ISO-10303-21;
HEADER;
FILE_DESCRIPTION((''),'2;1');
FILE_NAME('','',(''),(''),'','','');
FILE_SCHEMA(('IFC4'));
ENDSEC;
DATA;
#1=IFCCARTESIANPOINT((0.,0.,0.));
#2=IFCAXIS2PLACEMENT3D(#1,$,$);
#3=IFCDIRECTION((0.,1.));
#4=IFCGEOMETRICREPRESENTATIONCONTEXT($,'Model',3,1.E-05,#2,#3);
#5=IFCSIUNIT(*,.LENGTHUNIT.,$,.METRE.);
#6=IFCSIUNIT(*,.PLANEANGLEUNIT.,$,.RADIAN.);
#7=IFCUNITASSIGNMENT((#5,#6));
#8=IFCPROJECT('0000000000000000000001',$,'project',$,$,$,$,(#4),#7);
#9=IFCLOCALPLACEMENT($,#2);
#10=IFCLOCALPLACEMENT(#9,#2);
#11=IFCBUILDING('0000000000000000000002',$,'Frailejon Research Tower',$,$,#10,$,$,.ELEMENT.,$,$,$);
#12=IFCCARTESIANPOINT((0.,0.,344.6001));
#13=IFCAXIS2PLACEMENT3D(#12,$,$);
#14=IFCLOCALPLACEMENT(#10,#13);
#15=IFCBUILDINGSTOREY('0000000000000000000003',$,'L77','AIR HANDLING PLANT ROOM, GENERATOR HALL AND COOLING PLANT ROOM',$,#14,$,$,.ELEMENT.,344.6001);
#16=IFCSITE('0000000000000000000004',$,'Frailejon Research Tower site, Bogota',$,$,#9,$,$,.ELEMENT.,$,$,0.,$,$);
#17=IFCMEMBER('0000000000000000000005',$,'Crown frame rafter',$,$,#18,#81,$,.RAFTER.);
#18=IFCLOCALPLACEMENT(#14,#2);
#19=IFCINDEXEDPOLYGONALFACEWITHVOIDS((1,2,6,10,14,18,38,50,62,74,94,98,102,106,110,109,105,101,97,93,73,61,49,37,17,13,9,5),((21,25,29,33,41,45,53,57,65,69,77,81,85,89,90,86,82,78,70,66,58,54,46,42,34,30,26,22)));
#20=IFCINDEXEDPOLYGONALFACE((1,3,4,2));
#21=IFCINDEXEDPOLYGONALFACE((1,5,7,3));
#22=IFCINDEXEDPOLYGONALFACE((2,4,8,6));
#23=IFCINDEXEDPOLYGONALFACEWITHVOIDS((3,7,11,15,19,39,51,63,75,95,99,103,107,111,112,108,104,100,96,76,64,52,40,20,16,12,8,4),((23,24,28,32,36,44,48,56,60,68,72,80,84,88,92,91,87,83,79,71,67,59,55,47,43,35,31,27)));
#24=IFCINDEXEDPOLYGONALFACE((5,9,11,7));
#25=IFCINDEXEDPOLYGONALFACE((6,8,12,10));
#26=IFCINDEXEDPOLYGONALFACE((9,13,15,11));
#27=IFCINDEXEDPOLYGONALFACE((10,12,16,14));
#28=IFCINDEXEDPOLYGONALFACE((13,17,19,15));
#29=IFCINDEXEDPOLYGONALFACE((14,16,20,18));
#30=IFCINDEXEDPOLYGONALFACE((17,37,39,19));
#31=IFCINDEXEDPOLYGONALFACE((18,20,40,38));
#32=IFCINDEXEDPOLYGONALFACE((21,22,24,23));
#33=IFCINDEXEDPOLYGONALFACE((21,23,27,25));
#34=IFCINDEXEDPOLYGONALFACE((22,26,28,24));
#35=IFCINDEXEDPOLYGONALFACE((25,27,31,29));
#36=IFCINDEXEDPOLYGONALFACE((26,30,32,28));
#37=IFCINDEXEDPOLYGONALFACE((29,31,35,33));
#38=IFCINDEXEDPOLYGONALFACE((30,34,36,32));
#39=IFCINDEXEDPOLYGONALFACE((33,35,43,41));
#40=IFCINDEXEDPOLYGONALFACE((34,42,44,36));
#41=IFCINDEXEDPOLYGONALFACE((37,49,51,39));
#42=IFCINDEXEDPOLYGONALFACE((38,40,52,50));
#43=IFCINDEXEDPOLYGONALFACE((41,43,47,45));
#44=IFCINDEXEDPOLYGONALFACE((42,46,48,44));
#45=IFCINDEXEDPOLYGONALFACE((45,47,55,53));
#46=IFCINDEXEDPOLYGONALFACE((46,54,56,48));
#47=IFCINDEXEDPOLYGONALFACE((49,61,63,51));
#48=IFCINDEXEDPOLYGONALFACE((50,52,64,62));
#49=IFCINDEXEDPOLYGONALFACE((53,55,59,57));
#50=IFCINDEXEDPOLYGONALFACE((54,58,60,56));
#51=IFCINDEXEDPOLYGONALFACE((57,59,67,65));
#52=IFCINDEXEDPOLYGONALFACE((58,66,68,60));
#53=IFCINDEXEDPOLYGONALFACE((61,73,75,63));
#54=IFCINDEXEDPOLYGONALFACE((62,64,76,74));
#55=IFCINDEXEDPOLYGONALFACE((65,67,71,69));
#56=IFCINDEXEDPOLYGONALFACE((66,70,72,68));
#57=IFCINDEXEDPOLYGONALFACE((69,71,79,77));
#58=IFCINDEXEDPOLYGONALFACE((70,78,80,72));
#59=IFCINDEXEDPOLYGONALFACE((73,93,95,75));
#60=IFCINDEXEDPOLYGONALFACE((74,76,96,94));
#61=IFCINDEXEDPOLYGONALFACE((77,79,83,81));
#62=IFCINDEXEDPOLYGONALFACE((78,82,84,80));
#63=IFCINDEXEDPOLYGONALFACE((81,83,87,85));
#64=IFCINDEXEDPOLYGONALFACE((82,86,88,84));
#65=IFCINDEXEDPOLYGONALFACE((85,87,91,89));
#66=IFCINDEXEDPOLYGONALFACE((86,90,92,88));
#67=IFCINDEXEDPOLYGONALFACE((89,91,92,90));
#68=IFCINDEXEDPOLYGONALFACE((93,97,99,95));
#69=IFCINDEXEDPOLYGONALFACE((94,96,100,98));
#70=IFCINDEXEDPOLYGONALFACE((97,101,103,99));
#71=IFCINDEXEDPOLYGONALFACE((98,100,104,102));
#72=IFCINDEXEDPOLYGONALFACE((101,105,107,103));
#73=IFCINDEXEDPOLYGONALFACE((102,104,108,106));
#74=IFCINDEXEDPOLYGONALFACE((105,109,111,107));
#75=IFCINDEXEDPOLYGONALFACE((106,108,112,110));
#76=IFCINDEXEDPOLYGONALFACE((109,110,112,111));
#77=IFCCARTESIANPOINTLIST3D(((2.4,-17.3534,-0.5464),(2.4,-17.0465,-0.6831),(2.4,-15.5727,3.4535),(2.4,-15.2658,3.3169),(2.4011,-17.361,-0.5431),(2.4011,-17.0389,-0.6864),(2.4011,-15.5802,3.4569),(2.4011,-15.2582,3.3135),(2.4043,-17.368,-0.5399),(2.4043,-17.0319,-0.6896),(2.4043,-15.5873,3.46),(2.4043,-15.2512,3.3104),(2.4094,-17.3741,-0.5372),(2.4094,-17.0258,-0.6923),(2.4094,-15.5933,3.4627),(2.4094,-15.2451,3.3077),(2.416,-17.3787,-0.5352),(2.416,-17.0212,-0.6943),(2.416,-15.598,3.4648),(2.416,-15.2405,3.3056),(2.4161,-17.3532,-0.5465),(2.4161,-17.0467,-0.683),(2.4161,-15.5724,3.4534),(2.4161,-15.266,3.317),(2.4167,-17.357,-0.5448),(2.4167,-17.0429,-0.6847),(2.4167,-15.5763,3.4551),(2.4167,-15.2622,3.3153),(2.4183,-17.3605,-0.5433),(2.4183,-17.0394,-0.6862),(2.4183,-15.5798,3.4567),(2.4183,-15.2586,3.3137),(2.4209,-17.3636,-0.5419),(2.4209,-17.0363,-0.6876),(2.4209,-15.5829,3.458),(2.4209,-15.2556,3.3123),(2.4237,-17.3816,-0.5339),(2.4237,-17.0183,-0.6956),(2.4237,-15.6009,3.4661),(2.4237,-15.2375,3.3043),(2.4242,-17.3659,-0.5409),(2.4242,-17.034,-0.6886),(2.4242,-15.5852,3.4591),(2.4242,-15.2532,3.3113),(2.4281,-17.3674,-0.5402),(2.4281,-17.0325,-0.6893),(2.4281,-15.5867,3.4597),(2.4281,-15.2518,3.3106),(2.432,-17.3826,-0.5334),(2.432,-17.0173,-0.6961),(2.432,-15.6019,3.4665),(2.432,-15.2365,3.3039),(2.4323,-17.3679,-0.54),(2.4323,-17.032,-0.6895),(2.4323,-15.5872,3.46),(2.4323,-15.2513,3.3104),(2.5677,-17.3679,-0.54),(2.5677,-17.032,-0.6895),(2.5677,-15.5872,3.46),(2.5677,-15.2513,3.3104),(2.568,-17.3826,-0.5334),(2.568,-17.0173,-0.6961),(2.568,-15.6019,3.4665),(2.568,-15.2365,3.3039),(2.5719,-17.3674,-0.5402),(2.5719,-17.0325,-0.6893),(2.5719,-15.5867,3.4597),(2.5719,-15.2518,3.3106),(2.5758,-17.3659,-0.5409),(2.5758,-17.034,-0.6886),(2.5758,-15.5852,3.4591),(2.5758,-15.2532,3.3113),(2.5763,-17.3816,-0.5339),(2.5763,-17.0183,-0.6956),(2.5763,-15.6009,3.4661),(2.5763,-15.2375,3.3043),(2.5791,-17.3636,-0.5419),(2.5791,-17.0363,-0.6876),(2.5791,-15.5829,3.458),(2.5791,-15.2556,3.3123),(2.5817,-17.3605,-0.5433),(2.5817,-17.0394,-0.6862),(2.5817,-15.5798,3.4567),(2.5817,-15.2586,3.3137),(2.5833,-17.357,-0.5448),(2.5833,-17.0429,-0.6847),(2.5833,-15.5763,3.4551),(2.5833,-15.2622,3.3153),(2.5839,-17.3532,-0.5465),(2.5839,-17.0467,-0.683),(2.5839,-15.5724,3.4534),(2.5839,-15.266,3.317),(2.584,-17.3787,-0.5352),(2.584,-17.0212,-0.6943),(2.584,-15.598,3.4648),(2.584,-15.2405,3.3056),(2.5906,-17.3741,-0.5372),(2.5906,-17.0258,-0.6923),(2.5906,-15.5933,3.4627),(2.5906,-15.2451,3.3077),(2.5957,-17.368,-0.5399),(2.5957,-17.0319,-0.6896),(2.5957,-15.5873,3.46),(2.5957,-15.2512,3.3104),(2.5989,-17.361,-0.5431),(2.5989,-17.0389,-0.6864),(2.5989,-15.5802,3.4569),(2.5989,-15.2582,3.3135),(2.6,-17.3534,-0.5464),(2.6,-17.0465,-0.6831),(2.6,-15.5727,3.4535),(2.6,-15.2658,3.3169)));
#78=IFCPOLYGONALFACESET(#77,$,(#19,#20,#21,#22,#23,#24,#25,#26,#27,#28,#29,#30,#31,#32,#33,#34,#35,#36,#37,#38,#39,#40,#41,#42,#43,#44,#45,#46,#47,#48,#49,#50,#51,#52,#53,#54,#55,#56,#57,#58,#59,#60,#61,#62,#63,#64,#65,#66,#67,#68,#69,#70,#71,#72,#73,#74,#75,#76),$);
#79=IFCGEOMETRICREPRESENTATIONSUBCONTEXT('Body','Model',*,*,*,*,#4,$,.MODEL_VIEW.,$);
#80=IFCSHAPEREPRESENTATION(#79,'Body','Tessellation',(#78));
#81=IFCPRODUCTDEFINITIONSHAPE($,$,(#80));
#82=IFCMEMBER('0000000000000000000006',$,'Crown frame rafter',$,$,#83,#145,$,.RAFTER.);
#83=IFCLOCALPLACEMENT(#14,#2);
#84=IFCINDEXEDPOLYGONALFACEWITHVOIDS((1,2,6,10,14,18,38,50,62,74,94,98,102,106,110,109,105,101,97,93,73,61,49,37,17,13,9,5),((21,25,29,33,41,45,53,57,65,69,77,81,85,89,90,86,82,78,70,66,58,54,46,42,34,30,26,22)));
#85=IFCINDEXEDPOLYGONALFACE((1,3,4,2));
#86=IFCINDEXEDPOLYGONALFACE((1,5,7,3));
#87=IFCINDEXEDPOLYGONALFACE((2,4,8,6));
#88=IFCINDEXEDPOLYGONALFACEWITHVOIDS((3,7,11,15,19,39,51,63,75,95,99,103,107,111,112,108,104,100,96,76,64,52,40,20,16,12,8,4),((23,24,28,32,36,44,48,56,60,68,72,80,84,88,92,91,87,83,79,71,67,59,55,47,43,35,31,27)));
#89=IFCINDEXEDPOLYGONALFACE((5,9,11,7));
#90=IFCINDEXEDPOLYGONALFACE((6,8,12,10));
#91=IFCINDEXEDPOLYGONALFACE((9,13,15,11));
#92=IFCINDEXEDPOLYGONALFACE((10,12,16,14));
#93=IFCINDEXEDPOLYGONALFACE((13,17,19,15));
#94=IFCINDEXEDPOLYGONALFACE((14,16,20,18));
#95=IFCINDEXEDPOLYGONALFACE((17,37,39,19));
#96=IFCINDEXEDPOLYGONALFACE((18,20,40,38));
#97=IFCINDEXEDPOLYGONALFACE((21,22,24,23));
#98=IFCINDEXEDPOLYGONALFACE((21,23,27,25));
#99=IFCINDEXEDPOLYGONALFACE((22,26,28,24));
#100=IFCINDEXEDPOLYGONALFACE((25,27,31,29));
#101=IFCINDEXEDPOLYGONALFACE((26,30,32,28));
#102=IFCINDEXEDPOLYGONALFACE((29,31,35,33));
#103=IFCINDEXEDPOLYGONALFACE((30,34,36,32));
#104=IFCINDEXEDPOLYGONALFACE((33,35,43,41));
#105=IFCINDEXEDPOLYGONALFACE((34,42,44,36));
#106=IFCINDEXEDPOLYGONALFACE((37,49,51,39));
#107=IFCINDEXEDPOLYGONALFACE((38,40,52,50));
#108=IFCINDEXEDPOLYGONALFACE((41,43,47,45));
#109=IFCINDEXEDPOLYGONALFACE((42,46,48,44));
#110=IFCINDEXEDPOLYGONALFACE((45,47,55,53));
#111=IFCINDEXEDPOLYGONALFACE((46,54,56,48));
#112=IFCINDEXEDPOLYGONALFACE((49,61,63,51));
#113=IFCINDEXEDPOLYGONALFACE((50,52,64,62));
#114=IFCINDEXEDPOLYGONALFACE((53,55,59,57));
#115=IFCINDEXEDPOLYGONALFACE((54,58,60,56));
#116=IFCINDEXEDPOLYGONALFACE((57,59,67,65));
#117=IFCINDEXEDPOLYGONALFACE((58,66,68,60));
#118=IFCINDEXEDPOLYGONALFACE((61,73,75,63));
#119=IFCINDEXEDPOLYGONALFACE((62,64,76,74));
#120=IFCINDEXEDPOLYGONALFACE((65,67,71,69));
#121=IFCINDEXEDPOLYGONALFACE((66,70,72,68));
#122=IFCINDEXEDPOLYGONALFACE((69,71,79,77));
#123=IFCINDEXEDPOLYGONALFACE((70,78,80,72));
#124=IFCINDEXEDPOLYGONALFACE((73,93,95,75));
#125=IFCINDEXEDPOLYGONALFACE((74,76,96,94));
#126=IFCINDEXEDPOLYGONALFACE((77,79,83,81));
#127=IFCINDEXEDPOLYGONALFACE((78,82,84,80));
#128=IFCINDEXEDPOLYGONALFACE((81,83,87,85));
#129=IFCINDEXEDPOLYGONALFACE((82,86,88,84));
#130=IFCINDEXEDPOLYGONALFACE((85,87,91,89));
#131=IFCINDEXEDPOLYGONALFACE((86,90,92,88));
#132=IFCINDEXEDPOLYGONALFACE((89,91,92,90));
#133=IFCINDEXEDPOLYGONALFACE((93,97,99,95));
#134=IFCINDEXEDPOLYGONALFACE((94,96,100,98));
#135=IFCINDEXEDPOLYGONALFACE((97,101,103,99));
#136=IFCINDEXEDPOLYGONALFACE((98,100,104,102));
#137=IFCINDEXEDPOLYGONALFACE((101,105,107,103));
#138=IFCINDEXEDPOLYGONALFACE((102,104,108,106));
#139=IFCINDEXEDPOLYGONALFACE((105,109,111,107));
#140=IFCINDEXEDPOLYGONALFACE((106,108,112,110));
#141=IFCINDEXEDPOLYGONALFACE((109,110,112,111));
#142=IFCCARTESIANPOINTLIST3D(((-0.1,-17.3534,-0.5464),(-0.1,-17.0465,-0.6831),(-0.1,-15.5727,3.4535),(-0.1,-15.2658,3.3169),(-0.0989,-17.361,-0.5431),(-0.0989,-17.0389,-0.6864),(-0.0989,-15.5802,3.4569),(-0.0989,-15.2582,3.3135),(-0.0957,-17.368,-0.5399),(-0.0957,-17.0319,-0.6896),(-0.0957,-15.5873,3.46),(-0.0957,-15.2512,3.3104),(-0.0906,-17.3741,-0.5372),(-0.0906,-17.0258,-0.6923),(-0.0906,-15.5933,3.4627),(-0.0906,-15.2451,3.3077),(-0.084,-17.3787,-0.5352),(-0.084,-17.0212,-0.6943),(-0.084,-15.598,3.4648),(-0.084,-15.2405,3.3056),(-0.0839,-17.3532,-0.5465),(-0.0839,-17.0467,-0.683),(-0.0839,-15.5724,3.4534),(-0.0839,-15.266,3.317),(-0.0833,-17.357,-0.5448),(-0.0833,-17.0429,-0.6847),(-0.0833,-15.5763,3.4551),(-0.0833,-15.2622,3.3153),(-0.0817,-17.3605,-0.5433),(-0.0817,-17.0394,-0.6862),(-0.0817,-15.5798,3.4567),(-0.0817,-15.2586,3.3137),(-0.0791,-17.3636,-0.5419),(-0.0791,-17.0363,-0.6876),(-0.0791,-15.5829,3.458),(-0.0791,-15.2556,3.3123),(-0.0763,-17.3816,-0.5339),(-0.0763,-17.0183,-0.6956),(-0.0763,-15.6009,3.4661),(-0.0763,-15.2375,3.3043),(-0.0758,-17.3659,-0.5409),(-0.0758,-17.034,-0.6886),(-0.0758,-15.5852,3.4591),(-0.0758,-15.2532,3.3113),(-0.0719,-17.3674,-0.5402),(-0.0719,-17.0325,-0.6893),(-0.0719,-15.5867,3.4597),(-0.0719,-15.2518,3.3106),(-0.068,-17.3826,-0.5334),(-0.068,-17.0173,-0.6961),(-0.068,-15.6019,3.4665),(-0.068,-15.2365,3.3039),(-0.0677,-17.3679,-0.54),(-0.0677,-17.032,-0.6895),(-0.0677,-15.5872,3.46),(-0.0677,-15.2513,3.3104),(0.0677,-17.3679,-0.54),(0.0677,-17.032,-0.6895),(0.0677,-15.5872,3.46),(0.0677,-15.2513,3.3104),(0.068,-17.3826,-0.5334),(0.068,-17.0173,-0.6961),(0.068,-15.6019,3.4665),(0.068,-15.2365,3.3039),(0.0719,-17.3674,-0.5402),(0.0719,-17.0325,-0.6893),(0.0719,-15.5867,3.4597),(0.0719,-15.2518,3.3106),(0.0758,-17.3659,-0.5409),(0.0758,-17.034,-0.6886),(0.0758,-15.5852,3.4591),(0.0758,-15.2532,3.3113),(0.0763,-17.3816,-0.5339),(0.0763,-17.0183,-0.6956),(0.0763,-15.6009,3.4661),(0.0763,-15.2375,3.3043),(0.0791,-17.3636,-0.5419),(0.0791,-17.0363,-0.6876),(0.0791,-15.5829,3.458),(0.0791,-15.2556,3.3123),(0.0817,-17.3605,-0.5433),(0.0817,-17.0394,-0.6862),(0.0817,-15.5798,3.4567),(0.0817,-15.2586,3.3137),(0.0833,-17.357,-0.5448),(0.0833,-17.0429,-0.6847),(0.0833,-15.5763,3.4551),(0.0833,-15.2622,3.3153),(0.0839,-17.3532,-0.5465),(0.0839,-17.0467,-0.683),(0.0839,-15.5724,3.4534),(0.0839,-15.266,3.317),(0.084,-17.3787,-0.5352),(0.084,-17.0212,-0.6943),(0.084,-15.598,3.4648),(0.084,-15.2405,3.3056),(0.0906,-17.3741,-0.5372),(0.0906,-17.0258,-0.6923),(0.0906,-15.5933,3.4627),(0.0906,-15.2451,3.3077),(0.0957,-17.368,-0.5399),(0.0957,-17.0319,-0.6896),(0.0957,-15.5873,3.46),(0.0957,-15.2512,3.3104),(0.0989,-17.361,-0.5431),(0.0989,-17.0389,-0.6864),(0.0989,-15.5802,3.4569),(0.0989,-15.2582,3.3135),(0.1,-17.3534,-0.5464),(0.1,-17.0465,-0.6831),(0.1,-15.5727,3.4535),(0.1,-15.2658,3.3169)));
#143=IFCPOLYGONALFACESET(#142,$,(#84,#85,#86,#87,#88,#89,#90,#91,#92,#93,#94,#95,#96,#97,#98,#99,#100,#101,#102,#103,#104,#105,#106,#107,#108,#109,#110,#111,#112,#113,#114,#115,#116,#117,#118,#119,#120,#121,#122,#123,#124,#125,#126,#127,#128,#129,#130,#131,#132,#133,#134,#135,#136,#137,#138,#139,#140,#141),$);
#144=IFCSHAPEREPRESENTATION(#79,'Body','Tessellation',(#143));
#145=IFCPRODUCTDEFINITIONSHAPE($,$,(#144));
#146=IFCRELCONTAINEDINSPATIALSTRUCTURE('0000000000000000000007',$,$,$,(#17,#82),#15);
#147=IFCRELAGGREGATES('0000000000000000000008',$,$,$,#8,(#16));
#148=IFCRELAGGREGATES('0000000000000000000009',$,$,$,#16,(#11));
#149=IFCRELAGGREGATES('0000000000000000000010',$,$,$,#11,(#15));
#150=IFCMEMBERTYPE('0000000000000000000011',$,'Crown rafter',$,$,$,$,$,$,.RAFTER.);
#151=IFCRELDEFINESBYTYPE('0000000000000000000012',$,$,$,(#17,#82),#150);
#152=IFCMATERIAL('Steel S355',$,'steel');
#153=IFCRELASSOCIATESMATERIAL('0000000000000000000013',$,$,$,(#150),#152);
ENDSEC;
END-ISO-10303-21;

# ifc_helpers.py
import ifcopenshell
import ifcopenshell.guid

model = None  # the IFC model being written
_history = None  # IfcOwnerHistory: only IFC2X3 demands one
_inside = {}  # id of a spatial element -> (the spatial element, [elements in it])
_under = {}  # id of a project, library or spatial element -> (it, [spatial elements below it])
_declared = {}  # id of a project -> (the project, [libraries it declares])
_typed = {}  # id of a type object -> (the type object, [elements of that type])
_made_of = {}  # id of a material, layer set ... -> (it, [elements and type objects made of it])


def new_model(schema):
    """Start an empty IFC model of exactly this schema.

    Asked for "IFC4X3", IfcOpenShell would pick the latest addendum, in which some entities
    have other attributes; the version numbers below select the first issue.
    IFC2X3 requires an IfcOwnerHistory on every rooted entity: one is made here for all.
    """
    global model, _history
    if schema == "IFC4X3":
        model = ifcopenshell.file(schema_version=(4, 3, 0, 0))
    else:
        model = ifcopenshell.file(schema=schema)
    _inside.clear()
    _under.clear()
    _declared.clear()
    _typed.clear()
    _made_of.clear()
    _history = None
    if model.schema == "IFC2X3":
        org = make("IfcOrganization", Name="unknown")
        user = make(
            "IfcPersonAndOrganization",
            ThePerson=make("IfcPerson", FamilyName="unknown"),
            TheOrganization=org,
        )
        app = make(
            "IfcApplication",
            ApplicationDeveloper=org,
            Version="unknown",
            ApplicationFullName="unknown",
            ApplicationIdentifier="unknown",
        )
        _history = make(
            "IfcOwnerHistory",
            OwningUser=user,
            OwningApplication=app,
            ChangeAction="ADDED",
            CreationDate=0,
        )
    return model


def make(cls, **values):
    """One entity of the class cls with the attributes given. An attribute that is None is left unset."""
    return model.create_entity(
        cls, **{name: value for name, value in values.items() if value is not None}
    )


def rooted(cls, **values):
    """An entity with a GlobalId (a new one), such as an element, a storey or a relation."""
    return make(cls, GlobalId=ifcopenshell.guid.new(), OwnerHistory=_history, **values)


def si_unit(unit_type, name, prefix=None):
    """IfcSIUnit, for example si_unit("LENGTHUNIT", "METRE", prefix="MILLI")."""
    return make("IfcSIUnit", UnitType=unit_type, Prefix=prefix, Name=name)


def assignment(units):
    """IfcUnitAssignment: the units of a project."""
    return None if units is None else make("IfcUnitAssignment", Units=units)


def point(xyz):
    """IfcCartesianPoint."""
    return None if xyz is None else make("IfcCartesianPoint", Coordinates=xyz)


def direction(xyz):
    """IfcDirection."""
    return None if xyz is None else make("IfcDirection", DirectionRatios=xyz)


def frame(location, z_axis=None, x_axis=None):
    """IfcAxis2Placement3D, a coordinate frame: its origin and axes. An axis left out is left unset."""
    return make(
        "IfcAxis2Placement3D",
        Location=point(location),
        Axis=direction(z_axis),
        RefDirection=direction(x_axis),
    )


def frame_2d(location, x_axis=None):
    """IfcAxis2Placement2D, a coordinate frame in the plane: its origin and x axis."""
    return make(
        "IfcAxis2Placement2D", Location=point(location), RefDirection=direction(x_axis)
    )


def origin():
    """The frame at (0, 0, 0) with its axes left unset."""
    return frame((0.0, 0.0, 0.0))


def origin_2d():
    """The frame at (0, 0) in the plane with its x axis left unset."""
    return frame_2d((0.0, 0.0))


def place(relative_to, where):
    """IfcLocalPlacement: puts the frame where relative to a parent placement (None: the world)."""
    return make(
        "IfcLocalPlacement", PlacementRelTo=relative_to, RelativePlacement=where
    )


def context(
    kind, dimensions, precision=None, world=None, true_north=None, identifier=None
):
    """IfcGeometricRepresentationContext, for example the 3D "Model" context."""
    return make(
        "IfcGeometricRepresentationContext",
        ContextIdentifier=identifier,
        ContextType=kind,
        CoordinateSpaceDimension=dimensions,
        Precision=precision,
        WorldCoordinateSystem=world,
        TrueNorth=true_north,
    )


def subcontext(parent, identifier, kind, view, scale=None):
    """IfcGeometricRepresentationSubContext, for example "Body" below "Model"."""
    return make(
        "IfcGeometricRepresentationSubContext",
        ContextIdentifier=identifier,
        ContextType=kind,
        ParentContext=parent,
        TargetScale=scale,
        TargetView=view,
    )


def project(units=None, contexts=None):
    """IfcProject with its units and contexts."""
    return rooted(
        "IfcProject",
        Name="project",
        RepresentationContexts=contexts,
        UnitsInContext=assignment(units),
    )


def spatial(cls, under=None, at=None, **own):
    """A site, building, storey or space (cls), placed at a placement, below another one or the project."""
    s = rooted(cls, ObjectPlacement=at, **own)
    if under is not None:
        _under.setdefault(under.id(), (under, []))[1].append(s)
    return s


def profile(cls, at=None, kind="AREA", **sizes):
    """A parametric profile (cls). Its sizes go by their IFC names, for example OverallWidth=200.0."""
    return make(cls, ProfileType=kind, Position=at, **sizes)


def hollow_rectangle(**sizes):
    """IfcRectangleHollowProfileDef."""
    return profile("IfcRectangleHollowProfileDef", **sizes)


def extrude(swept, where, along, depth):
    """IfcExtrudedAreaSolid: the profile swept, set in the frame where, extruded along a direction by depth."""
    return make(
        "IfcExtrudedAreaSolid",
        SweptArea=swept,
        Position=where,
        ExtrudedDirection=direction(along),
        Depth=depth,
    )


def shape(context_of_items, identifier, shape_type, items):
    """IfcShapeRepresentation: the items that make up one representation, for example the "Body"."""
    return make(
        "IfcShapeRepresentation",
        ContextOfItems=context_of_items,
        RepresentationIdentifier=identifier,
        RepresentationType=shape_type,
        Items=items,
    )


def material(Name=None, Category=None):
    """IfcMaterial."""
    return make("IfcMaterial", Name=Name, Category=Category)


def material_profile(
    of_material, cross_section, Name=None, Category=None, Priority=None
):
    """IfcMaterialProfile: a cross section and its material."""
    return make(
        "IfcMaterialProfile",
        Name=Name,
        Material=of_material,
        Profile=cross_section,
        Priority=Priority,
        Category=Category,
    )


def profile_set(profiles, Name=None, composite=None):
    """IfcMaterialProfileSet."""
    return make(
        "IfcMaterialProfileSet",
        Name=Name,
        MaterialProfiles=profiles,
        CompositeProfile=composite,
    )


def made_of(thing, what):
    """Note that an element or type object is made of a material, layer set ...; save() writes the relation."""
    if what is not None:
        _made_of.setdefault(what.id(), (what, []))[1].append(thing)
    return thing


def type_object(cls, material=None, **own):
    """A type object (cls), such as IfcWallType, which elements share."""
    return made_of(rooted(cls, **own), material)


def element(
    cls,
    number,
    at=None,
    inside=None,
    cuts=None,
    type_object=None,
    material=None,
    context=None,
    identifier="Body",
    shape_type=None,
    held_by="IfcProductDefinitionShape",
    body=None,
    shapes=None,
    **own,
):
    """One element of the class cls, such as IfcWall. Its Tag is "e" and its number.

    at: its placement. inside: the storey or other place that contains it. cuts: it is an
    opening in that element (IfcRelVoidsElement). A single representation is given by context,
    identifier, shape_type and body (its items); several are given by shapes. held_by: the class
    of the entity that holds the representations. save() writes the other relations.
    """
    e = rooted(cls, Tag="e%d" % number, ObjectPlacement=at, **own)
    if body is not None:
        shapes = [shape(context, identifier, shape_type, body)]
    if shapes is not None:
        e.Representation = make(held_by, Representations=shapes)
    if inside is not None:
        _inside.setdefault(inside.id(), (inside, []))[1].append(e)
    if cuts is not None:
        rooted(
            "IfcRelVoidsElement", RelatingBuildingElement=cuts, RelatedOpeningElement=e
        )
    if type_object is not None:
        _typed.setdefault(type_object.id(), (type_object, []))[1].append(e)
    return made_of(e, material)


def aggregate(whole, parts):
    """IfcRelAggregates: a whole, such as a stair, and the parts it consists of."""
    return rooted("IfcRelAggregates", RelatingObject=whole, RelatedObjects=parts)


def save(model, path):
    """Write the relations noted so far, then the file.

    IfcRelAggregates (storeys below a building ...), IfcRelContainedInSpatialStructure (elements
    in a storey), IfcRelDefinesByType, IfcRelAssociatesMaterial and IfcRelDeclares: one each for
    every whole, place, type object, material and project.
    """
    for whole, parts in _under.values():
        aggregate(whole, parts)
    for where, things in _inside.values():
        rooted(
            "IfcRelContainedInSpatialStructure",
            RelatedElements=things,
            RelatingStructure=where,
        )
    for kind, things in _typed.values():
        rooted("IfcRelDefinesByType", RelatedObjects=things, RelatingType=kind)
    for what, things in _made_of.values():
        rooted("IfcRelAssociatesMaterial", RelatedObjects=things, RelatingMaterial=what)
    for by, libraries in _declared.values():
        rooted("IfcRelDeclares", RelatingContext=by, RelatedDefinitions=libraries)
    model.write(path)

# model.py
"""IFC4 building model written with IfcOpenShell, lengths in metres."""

from ifc_helpers import new_model, si_unit, direction, frame, origin, origin_2d, place, context, subcontext, project, spatial, hollow_rectangle, extrude, material, material_profile, profile_set, type_object, element, save


model = new_model("IFC4")

# Units and contexts
model_context = context("Model", 3, precision=1e-05, world=origin(), true_north=direction((0.0, 1.0)))
body_context = subcontext(model_context, "Body", "Model", "MODEL_VIEW")
ifc_project = project(units=[si_unit("LENGTHUNIT", "METRE"), si_unit("PLANEANGLEUNIT", "RADIAN")], contexts=[model_context])

# Site, building, storey
site_placement = place(None, origin())
site = spatial("IfcSite", under=ifc_project, at=site_placement, Name="Frailejon Research Tower site, Bogota", CompositionType="ELEMENT", RefElevation=0.0)
building_placement = place(site_placement, origin())
building = spatial("IfcBuilding", under=site, at=building_placement, Name="Frailejon Research Tower", CompositionType="ELEMENT")
storey_placement = place(building_placement, frame((0.0, 0.0, 344.6001)))
storey = spatial("IfcBuildingStorey", under=building, at=storey_placement, Name="L77", Description="AIR HANDLING PLANT ROOM, GENERATOR HALL AND COOLING PLANT ROOM", CompositionType="ELEMENT", Elevation=344.6001)

# Members
ifc_material_1 = material(Name="Steel S355", Category="steel")
ifc_material_profile = material_profile(ifc_material_1, hollow_rectangle(XDim=0.2, YDim=0.3999, WallThickness=0.0161, InnerFilletRadius=0.0161, OuterFilletRadius=0.032, at=origin_2d()), Name="Crown rafter")
ifc_profile_set = profile_set([ifc_material_profile], Name="Steel S355")
member_type = type_object("IfcMemberType", Name="Crown rafter", PredefinedType="RAFTER", material=ifc_profile_set)
for number, where, z_axis, x_axis, name in (
    (1, (2.5, -17.2, -0.6147), (0.0, 0.406707, 0.913558), (-1.0, 0.0, 0.0), "Crown frame rafter"),
    (2, (0.0, -17.2, -0.6147), (0.0, 0.406707, 0.913558), (-1.0, 0.0, 0.0), "Crown frame rafter"),
):
    element("IfcMember", number, at=place(storey_placement, frame(where, z_axis=z_axis, x_axis=x_axis)), inside=storey, type_object=member_type, Name=name, PredefinedType="RAFTER", context=body_context, shape_type="SweptSolid", body=[
        extrude(hollow_rectangle(XDim=0.2, YDim=0.3999, WallThickness=0.0161, InnerFilletRadius=0.0161, OuterFilletRadius=0.032, at=origin_2d()), origin(), (0.0, 0.0, 1.0), 4.3784),
    ])

save(model, "model.ifc")
